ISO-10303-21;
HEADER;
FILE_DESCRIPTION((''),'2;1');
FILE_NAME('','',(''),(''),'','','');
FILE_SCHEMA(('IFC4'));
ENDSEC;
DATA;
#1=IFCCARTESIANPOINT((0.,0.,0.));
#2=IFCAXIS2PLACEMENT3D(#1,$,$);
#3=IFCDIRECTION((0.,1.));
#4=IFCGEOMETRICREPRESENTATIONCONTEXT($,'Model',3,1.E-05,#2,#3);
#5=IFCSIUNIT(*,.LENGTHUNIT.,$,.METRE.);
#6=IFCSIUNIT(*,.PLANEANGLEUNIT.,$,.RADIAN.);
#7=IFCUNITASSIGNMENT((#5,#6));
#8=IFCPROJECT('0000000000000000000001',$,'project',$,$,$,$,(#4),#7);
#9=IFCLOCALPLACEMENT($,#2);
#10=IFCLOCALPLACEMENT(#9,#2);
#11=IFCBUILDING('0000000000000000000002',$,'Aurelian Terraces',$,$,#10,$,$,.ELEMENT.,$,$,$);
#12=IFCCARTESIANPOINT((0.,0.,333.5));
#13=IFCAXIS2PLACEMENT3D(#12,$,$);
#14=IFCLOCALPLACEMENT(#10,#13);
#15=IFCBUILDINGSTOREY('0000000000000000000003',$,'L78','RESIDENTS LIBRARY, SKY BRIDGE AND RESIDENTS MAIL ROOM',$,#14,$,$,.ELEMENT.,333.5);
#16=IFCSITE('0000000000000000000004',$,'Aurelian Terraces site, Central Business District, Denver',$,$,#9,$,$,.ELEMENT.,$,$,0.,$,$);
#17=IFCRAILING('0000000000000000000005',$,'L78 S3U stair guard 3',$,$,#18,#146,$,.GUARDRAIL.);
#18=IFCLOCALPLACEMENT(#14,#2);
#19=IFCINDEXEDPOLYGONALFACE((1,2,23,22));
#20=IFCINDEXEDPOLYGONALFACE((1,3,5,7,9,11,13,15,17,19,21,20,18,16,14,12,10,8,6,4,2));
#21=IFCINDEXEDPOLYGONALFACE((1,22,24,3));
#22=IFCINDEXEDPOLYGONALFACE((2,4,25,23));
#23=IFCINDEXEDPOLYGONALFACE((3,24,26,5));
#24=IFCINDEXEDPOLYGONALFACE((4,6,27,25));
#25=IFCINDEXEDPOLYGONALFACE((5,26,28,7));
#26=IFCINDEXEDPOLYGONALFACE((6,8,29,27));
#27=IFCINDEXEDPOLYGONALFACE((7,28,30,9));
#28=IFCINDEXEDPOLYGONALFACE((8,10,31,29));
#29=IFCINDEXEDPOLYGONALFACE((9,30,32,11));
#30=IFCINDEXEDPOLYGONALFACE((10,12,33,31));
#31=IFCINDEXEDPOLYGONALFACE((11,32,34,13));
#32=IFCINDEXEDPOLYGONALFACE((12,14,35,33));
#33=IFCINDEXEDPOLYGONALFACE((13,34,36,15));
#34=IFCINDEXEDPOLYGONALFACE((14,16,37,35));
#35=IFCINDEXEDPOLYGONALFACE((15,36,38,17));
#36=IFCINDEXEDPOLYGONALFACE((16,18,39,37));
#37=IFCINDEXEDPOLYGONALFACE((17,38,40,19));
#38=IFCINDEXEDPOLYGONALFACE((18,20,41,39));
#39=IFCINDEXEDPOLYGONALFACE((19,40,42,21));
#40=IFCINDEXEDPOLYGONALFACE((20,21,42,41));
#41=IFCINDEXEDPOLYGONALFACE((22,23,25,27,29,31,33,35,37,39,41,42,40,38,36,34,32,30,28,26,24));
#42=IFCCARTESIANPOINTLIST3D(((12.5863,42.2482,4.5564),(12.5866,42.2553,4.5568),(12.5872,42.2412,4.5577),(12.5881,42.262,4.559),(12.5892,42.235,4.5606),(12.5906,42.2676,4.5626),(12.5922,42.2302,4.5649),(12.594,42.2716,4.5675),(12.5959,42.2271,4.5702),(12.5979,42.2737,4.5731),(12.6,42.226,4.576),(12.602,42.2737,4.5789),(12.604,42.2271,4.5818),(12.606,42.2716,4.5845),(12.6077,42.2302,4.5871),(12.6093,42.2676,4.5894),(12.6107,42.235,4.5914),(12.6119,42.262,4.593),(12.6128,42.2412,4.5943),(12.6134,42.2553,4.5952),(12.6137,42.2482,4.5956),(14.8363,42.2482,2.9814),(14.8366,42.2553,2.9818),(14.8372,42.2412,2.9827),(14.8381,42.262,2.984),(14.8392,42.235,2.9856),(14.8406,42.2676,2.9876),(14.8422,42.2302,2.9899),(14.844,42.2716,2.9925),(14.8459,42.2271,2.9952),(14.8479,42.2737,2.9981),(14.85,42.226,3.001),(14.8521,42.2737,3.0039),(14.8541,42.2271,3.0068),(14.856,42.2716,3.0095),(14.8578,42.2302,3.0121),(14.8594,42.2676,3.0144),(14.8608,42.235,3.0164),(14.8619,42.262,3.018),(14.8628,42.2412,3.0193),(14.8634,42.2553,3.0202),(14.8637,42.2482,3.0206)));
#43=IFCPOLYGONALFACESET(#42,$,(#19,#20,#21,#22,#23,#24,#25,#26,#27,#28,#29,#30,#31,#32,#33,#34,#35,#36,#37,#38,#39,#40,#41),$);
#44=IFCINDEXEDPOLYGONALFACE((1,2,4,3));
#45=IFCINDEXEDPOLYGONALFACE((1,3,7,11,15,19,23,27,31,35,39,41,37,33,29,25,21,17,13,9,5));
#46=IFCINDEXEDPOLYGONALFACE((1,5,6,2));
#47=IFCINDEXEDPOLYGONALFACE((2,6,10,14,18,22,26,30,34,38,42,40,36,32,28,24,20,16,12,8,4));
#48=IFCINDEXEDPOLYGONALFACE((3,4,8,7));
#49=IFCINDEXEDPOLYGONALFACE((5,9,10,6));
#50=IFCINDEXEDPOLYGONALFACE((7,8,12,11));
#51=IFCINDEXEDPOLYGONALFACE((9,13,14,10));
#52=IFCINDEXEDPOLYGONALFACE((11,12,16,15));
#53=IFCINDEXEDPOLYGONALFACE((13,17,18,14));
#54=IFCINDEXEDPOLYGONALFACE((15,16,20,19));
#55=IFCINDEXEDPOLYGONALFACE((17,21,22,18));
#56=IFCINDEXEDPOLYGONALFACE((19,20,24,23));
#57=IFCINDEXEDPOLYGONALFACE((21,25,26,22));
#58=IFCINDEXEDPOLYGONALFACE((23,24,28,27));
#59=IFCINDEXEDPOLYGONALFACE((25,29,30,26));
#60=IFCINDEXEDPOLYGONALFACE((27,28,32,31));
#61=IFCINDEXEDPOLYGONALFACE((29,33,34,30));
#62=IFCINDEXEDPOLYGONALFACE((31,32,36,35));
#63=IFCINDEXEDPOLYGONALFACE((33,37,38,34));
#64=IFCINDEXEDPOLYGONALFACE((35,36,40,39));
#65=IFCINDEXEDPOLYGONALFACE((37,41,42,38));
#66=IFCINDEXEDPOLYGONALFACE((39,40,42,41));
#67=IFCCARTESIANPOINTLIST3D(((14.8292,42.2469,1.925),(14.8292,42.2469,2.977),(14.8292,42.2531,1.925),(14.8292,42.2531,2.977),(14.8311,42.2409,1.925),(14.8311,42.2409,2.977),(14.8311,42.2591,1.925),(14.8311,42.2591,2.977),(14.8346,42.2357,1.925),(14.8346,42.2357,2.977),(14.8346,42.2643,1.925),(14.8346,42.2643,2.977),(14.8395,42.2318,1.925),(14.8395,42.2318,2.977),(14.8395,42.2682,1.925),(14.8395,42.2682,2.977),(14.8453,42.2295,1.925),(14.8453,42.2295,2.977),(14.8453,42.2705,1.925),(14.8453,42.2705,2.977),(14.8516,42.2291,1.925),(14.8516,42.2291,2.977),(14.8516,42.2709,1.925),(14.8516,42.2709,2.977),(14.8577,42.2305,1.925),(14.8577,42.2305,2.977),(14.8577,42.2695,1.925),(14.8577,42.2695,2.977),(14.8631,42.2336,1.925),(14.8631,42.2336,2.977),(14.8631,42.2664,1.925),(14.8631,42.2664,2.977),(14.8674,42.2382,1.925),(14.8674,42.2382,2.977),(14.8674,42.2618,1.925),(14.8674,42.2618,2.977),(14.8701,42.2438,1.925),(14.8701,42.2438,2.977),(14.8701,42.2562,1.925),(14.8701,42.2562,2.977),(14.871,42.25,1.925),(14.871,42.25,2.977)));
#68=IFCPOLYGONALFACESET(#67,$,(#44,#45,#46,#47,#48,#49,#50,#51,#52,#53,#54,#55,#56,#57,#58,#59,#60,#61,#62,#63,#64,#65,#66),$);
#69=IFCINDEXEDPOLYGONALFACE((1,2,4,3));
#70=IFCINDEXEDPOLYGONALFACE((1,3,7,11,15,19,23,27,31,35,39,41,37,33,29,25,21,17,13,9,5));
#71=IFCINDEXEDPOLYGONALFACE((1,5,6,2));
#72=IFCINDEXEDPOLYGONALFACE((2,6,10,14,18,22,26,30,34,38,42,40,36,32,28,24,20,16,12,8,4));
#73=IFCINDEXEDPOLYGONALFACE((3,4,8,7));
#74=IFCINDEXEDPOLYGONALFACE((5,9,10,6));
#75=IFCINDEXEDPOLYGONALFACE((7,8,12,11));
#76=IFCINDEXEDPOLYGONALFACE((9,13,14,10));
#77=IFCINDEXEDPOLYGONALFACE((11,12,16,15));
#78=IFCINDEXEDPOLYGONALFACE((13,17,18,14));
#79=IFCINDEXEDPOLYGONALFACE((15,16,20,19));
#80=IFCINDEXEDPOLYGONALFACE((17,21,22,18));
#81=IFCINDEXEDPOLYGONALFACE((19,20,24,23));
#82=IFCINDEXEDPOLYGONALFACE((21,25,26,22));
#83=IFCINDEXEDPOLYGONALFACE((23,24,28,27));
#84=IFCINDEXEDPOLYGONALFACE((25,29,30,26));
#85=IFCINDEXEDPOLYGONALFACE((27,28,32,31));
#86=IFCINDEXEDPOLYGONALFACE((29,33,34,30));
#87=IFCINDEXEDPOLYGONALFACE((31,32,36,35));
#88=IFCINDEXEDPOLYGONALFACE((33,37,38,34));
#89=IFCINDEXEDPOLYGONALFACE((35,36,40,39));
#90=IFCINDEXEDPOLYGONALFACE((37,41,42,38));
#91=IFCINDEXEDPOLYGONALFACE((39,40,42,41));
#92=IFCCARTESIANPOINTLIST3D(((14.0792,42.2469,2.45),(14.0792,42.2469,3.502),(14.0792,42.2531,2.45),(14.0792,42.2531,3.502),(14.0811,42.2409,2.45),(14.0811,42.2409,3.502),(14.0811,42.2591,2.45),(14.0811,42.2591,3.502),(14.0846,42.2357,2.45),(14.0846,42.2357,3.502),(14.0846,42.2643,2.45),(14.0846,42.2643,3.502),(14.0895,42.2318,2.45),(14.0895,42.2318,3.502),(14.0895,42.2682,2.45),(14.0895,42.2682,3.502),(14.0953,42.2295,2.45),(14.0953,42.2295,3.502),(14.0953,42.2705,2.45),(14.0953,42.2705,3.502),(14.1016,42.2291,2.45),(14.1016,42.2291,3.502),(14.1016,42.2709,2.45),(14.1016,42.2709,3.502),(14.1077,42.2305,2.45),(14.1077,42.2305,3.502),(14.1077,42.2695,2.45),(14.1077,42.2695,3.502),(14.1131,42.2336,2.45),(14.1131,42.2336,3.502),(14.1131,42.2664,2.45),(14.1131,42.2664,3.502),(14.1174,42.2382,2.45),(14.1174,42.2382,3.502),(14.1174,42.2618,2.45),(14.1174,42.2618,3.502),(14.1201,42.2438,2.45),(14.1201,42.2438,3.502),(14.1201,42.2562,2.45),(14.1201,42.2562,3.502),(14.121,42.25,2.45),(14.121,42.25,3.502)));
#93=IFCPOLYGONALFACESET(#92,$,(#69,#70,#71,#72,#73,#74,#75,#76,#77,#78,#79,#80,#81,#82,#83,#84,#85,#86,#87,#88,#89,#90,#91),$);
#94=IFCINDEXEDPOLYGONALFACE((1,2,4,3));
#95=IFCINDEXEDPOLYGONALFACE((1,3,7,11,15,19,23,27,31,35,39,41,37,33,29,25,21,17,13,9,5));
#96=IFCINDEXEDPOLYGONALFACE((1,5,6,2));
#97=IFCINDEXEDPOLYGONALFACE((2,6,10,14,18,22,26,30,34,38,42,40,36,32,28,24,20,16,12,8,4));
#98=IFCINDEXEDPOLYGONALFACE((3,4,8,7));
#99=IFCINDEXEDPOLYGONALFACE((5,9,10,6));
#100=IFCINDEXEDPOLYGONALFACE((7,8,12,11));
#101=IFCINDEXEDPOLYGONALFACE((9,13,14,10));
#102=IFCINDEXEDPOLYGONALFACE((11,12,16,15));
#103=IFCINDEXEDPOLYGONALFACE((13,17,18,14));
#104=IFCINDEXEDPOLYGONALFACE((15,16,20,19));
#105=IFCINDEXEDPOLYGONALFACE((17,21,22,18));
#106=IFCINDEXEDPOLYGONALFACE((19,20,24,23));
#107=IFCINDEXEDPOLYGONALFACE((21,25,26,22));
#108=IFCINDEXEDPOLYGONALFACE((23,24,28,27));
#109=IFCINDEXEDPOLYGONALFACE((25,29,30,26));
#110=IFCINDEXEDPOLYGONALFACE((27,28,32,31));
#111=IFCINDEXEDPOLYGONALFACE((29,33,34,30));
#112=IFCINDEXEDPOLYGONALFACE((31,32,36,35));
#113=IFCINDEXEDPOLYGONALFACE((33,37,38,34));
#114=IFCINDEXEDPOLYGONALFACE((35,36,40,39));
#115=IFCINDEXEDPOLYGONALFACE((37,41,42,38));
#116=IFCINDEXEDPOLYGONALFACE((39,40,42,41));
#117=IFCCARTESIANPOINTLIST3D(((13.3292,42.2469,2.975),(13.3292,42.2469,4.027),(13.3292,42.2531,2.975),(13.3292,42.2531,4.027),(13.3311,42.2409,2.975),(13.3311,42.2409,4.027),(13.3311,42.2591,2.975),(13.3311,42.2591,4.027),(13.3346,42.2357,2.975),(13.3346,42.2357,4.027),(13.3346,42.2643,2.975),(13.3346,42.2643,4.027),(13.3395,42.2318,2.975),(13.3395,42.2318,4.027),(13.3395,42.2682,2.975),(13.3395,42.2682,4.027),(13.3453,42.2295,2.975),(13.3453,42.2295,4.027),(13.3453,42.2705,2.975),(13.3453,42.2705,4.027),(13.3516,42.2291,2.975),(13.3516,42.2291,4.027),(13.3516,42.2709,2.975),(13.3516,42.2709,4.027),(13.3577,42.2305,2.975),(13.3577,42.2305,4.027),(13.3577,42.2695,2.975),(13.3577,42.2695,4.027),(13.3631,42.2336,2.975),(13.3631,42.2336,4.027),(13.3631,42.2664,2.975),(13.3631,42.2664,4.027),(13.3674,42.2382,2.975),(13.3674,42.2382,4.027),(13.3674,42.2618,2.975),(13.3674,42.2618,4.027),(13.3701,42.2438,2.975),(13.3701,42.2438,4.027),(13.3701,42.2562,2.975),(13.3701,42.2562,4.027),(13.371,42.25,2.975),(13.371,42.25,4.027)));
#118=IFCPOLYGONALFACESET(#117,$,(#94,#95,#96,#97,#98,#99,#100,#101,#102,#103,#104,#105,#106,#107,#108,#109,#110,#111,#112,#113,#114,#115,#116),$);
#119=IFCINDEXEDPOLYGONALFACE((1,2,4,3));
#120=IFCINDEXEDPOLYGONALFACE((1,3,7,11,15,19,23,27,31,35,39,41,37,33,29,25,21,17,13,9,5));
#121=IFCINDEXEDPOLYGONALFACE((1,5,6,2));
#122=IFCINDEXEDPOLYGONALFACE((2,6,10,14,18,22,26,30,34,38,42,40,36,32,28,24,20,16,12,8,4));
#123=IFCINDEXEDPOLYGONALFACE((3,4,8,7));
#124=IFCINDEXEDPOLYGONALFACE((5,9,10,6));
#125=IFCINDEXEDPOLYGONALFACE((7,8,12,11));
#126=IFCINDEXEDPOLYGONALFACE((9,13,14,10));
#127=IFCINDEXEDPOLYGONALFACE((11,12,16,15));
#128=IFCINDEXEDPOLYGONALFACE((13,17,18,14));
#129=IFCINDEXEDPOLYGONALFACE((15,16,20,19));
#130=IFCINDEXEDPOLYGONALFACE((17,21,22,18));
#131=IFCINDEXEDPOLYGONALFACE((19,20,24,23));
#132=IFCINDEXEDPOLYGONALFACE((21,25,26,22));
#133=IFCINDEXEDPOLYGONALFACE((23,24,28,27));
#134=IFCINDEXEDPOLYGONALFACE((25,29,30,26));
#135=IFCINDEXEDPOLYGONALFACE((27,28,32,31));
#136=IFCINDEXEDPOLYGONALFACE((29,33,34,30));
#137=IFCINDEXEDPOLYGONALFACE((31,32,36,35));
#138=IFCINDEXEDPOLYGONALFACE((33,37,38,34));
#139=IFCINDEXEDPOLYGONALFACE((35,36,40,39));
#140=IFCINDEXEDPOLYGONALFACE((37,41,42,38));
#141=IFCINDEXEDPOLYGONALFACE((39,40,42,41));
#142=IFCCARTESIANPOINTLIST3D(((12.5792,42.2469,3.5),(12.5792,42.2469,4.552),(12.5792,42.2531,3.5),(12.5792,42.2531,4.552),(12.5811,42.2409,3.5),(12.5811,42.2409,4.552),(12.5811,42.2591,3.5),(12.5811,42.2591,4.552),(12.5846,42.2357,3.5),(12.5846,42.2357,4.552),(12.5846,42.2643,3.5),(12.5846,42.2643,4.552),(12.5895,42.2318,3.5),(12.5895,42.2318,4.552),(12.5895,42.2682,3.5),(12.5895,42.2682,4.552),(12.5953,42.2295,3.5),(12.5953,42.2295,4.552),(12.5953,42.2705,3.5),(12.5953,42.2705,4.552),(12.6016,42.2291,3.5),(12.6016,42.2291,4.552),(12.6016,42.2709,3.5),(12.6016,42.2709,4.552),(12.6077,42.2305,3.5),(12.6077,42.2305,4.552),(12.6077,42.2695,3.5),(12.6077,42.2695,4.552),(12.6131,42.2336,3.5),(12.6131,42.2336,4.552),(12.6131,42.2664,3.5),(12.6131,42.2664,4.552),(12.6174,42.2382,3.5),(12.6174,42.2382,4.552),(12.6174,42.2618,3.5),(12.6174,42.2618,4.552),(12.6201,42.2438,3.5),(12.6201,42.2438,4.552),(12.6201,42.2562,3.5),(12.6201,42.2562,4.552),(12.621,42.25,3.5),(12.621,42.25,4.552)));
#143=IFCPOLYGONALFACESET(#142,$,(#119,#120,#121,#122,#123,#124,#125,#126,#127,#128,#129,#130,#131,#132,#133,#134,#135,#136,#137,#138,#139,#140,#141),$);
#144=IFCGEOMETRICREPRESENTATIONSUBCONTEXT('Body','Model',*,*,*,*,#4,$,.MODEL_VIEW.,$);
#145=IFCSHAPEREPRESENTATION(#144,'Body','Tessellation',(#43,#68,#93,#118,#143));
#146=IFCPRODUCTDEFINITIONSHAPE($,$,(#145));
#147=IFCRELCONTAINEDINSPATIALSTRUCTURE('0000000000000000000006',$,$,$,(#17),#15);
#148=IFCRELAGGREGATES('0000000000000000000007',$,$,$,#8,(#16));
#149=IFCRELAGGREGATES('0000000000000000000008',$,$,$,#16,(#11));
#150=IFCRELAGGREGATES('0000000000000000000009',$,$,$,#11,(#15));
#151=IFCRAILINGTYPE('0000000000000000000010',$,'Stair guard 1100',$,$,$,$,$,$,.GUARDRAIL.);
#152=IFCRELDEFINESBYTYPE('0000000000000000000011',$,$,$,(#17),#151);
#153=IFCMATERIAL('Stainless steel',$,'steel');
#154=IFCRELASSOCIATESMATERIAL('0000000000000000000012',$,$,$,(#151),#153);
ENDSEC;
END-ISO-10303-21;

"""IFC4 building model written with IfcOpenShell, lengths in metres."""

from ifc_helpers import new_model, si_unit, direction, frame, origin, origin_2d, place, context, subcontext, project, spatial, circle, extrude, source, transform, mapped, material, type_object, element, save


model = new_model("IFC4")

# Units and contexts
model_context = context("Model", 3, precision=1e-05, world=origin(), true_north=direction((0.0, 1.0)))
body_context = subcontext(model_context, "Body", "Model", "MODEL_VIEW")
ifc_project = project(units=[si_unit("LENGTHUNIT", "METRE"), si_unit("PLANEANGLEUNIT", "RADIAN")], contexts=[model_context])

# Site, building, storey
site_placement = place(None, origin())
site = spatial("IfcSite", under=ifc_project, at=site_placement, Name="Aurelian Terraces site, Central Business District, Denver", CompositionType="ELEMENT", RefElevation=0.0)
building_placement = place(site_placement, origin())
building = spatial("IfcBuilding", under=site, at=building_placement, Name="Aurelian Terraces", CompositionType="ELEMENT")
storey_placement = place(building_placement, frame((0.0, 0.0, 333.5)))
storey = spatial("IfcBuildingStorey", under=building, at=storey_placement, Name="L78", Description="RESIDENTS LIBRARY, SKY BRIDGE AND RESIDENTS MAIL ROOM", CompositionType="ELEMENT", Elevation=333.5)

# Railing
ifc_material_1 = material(Name="Stainless steel", Category="steel")
railing_type_1 = type_object("IfcRailingType", Name="Stair guard 1100", PredefinedType="GUARDRAIL", material=ifc_material_1)
shared_shape_1 = source(origin(), body_context, "Body", "SweptSolid", [
    extrude(circle(Radius=0.024, at=origin_2d()), frame((0.0, 0.0, 1.076), z_axis=(-0.819232, 0.0, 0.573462), x_axis=(0.0, -1.0, 0.0)), (0.0, 0.0, 1.0), 2.7465),
    extrude(circle(Radius=0.021, at=origin_2d()), origin(), (0.0, 0.0, 1.0), 1.052),
    extrude(circle(Radius=0.021, at=origin_2d()), frame((-0.75, 0.0, 0.525)), (0.0, 0.0, 1.0), 1.052),
    extrude(circle(Radius=0.021, at=origin_2d()), frame((-1.5, 0.0, 1.05)), (0.0, 0.0, 1.0), 1.052),
    extrude(circle(Radius=0.021, at=origin_2d()), frame((-2.25, 0.0, 1.575)), (0.0, 0.0, 1.0), 1.052),
])
railing_1_placement = place(storey_placement, frame((14.85, 42.25, 1.925)))
element("IfcRailing", 1, at=railing_1_placement, inside=storey, type_object=railing_type_1, Name="L78 S3U stair guard 3", PredefinedType="GUARDRAIL", context=body_context, shape_type="MappedRepresentation", body=[
    mapped(shared_shape_1, transform((0.0, 0.0, 0.0), scale=1.0)),
])

save(model, "model.ifc")
